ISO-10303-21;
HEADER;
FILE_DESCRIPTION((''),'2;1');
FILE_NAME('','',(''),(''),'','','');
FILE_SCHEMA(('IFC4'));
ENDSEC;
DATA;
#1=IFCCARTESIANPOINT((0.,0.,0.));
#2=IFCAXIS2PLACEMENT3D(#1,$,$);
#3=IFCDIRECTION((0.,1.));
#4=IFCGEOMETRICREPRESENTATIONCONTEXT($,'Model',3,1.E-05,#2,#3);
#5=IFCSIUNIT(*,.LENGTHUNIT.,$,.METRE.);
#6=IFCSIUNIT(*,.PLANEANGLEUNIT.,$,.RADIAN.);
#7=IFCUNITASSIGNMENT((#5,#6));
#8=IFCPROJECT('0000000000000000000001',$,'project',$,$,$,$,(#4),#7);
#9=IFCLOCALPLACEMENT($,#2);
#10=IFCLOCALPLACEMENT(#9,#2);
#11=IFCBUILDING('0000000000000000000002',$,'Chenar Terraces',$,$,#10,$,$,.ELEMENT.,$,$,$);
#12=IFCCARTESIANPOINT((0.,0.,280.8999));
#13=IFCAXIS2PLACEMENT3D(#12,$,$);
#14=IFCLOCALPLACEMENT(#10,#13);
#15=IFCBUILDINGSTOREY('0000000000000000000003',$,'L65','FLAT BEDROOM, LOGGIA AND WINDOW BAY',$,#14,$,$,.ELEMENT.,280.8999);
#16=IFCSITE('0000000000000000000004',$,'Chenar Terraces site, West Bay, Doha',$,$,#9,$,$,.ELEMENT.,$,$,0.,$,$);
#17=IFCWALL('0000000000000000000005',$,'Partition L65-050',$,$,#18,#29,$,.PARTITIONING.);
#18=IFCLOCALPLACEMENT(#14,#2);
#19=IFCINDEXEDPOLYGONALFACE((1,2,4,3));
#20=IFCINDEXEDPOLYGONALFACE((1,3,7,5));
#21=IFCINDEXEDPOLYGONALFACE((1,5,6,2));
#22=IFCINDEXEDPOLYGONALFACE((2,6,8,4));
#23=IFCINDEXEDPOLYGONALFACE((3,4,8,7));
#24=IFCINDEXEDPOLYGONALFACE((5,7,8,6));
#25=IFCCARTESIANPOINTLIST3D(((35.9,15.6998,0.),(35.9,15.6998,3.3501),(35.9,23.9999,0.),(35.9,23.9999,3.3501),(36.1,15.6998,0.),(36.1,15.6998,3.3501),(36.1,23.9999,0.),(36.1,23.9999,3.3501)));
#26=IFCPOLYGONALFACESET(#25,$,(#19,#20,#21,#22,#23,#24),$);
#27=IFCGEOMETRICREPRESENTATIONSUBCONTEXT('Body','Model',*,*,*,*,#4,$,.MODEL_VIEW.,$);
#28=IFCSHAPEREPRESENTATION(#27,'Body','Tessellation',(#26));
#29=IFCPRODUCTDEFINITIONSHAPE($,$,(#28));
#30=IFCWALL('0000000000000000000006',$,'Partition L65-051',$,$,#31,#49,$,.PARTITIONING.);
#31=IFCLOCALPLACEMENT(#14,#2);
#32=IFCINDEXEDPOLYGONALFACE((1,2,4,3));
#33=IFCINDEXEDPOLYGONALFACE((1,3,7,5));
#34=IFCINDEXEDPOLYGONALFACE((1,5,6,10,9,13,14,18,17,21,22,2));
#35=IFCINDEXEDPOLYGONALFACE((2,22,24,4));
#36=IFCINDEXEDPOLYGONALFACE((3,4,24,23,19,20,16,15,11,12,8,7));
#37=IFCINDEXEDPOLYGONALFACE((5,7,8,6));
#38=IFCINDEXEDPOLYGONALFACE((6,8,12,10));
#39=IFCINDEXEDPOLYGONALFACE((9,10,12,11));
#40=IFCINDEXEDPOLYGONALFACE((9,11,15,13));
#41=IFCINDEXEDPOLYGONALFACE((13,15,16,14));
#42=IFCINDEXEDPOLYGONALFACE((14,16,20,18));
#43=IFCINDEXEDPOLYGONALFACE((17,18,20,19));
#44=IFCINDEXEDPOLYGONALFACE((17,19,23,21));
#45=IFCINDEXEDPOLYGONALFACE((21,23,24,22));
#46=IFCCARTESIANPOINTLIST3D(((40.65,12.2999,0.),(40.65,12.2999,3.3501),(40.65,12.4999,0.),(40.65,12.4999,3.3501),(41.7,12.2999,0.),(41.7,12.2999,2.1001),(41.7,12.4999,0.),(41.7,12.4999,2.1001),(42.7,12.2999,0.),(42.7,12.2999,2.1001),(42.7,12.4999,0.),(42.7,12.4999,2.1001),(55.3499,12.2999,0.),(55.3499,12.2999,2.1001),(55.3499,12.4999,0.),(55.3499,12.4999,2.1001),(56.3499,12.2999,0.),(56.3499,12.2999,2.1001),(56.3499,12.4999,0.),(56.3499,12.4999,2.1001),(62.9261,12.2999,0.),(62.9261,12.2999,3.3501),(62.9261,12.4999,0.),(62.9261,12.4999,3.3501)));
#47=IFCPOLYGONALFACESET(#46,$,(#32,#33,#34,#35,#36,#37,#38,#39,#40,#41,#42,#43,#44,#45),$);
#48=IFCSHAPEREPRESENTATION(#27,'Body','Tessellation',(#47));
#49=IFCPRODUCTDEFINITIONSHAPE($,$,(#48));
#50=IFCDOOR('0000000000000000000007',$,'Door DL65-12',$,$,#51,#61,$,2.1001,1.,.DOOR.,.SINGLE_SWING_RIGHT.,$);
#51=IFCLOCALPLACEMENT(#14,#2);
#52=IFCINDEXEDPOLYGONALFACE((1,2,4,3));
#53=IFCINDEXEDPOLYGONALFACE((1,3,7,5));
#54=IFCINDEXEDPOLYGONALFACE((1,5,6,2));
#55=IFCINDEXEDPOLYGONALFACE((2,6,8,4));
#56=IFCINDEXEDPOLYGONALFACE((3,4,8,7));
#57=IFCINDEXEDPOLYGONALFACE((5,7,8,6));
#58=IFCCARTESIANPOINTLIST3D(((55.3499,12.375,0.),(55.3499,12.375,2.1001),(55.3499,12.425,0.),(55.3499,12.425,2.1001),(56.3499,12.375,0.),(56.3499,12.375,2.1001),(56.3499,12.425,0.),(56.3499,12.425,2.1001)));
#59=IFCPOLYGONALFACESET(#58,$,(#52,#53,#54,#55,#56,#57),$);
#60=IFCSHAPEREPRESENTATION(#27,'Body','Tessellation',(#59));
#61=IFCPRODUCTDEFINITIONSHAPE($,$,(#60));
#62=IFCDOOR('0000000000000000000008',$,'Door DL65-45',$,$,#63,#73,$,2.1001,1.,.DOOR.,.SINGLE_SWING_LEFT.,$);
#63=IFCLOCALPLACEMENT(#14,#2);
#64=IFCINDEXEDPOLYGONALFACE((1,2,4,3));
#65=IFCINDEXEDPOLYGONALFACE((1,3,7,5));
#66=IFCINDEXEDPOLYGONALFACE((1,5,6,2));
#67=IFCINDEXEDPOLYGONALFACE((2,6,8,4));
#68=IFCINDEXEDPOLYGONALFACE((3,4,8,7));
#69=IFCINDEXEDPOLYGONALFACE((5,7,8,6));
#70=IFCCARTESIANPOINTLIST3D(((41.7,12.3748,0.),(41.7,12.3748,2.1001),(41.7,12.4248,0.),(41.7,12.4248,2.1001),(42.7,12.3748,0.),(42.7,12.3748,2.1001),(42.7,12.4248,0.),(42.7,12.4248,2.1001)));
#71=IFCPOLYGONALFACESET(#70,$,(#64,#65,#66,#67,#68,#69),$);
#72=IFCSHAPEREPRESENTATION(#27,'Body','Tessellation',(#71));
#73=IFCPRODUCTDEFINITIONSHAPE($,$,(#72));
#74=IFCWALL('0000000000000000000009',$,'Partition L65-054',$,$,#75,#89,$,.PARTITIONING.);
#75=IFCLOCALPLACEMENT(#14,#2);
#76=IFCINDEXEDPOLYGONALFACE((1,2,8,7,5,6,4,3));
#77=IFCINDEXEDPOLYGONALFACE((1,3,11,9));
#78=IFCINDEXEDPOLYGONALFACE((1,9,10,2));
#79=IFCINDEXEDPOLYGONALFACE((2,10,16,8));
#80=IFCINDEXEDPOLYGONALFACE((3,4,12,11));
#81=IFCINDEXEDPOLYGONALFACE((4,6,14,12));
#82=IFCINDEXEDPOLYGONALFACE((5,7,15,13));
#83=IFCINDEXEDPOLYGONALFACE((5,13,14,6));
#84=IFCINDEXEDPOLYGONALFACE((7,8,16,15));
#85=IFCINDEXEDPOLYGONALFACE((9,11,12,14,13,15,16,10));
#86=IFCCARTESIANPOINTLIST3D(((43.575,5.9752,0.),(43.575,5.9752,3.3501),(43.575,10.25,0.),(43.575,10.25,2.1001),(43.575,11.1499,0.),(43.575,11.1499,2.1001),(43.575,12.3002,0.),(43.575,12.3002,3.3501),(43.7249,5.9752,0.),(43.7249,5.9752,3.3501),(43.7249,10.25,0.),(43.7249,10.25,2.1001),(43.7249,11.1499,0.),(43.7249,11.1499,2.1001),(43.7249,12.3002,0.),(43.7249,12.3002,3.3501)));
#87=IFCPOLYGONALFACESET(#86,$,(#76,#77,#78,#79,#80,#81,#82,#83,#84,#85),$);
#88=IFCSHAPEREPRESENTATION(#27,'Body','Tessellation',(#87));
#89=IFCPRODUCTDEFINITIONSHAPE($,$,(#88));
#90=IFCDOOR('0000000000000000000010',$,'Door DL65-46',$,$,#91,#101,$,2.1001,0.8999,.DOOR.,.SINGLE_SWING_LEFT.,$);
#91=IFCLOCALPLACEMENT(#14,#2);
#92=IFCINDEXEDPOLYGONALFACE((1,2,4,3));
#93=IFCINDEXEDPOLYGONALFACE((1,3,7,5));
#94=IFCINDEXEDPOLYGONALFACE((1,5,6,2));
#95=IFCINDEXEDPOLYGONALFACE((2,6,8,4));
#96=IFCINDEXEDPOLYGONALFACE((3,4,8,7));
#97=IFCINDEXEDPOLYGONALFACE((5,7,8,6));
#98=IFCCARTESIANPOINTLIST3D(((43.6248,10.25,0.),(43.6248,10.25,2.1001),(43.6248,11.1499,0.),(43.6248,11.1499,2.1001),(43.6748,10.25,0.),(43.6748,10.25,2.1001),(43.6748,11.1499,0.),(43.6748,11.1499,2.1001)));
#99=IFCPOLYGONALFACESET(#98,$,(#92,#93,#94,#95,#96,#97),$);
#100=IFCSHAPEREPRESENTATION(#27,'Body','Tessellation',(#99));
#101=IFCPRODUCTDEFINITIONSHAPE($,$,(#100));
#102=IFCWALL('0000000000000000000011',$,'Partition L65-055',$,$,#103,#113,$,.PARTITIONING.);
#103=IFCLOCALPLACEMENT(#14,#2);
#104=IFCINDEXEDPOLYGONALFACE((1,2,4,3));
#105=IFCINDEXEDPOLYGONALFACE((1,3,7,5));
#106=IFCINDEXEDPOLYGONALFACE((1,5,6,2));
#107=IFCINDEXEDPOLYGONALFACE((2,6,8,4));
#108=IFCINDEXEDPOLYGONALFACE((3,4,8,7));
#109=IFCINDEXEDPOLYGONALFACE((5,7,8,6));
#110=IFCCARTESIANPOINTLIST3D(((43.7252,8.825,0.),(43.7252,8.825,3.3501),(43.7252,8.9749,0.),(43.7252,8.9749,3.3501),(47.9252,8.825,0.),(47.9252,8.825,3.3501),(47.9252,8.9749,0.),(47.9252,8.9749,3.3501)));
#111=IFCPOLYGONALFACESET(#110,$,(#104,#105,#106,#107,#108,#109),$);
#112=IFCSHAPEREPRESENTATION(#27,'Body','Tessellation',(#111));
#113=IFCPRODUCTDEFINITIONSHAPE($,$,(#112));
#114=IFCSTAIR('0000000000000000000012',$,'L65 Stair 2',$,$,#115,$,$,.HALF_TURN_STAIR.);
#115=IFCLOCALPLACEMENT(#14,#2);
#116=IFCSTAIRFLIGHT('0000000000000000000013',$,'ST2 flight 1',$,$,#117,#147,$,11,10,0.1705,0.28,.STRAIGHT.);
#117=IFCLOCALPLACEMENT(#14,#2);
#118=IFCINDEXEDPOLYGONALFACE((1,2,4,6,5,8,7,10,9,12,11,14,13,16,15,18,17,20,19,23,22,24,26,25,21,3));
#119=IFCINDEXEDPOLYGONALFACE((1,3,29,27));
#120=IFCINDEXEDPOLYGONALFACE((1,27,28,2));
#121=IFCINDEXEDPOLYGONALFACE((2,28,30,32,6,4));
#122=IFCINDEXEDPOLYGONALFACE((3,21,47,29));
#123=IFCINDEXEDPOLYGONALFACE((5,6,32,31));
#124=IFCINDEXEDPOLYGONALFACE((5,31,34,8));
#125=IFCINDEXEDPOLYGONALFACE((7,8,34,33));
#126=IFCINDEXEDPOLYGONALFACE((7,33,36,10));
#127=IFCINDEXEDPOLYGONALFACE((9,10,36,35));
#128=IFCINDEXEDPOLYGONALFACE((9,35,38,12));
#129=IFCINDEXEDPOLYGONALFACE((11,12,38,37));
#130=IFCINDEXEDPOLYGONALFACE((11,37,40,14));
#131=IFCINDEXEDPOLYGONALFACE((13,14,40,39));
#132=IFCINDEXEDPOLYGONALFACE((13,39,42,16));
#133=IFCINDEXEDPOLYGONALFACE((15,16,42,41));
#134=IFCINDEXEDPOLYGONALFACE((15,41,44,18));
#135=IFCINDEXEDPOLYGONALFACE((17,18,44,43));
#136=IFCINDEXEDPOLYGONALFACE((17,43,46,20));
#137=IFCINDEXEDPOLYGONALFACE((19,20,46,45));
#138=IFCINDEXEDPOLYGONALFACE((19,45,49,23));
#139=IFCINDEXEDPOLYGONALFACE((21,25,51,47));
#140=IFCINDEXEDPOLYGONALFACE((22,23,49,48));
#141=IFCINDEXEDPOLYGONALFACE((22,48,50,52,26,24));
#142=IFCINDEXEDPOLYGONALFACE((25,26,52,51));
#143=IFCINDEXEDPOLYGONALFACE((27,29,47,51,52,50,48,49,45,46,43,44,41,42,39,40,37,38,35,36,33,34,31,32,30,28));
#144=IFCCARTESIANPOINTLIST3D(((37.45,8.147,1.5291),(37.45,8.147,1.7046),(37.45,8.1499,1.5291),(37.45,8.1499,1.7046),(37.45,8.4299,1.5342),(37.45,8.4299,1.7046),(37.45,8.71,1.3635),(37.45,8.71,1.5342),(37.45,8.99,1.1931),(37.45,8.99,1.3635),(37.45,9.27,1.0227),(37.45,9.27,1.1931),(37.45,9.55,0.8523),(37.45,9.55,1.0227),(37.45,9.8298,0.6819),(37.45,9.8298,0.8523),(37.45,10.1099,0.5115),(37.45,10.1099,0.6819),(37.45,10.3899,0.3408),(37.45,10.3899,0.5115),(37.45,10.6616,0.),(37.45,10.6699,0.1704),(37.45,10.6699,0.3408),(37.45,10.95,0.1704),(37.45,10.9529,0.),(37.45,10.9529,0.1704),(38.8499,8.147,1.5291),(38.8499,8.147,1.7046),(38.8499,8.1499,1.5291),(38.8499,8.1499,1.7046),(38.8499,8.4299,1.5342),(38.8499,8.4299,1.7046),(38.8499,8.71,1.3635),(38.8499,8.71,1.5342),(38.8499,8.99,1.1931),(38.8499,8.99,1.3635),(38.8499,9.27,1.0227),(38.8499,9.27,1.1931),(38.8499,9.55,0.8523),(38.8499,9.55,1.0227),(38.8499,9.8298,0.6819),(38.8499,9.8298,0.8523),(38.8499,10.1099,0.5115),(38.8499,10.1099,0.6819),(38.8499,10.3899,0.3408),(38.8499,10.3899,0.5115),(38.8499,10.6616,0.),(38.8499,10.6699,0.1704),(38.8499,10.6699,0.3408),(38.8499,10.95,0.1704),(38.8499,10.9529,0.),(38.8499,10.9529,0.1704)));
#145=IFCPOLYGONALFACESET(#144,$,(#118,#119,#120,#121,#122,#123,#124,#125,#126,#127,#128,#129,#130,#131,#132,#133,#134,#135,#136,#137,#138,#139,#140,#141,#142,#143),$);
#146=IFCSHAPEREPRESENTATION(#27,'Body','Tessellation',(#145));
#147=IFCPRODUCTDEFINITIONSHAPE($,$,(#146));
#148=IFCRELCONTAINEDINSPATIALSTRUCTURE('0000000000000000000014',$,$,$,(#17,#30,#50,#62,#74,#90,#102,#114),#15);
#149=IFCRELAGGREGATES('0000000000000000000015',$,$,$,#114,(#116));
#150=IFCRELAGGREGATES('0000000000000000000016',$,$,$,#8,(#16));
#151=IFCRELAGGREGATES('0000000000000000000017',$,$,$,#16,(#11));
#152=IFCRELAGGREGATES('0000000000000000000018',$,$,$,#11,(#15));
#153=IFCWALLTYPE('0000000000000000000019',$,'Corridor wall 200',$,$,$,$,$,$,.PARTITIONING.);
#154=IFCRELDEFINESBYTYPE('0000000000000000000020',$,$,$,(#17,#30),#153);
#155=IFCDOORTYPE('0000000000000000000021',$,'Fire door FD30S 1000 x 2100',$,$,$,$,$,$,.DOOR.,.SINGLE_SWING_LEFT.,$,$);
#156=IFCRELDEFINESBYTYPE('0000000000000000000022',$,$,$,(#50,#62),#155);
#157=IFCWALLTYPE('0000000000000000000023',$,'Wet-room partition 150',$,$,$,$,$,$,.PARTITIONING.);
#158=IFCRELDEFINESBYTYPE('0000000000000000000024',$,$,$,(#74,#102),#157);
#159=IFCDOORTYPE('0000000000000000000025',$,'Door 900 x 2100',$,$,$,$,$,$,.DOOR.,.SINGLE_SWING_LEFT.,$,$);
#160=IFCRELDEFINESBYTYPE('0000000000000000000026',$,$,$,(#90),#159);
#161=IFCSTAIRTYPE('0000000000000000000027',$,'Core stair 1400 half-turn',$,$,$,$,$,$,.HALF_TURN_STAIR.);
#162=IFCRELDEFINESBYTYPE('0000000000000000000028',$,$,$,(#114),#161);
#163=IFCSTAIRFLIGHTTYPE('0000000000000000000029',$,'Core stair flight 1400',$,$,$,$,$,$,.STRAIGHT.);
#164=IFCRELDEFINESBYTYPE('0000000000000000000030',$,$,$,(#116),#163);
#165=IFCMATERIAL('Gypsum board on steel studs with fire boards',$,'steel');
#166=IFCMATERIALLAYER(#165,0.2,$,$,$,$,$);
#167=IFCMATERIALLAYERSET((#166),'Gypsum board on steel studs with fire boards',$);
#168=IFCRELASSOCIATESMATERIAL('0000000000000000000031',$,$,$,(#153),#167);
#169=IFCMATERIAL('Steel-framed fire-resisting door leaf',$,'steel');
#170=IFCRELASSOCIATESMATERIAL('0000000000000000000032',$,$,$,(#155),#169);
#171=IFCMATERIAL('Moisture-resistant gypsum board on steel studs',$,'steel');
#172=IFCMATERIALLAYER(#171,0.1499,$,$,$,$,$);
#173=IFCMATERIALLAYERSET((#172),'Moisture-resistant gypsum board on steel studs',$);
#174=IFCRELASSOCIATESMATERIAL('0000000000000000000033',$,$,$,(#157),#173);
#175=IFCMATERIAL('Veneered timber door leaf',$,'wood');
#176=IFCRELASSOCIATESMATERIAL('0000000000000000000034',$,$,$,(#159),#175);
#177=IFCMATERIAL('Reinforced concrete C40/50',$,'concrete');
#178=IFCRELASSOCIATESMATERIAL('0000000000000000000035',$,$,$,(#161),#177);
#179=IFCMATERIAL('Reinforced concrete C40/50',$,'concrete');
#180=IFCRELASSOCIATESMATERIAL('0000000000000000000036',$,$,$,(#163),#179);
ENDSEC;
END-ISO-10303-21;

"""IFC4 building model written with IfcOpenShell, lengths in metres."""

from ifc_helpers import new_model, si_unit, direction, frame, frame_2d, origin, place, context, subcontext, project, spatial, polyline, rectangle, outline, extrude, material, layer, layer_set, type_object, element, fill, aggregate, save


model = new_model("IFC4")

# Units and contexts
model_context = context("Model", 3, precision=1e-05, world=origin(), true_north=direction((0.0, 1.0)))
body_context = subcontext(model_context, "Body", "Model", "MODEL_VIEW")
ifc_project = project(units=[si_unit("LENGTHUNIT", "METRE"), si_unit("PLANEANGLEUNIT", "RADIAN")], contexts=[model_context])

# Site, building, storey
site_placement = place(None, origin())
site = spatial("IfcSite", under=ifc_project, at=site_placement, Name="Chenar Terraces site, West Bay, Doha", CompositionType="ELEMENT", RefElevation=0.0)
building_placement = place(site_placement, origin())
building = spatial("IfcBuilding", under=site, at=building_placement, Name="Chenar Terraces", CompositionType="ELEMENT")
storey_placement = place(building_placement, frame((0.0, 0.0, 280.8999)))
storey = spatial("IfcBuildingStorey", under=building, at=storey_placement, Name="L65", Description="FLAT BEDROOM, LOGGIA AND WINDOW BAY", CompositionType="ELEMENT", Elevation=280.8999)

# Shared definitions
ifc_material_1 = material(Name="Gypsum board on steel studs with fire boards", Category="steel")
ifc_layer_1 = layer(ifc_material_1, 0.2)
ifc_layer_set_1 = layer_set([ifc_layer_1], Name="Gypsum board on steel studs with fire boards")
wall_type_1 = type_object("IfcWallType", Name="Corridor wall 200", PredefinedType="PARTITIONING", material=ifc_layer_set_1)

# Wall
wall_1_placement = place(storey_placement, frame((36.0, 15.7, 0.0), z_axis=(0.0, 0.0, 1.0), x_axis=(0.0, 1.0, 0.0)))
element("IfcWall", 1, at=wall_1_placement, inside=storey, type_object=wall_type_1, Name="Partition L65-050", PredefinedType="PARTITIONING", context=body_context, shape_type="SweptSolid", body=[
    extrude(rectangle(XDim=8.3, YDim=0.2, at=frame_2d((4.1499, 0.0))), origin(), (0.0, 0.0, 1.0), 3.3501),
])

# Wall, openings, doors
wall_2_placement = place(storey_placement, frame((40.6499, 12.3999, 0.0), z_axis=(0.0, 0.0, 1.0), x_axis=(1.0, 0.0, 0.0)))
wall_2 = element("IfcWall", 2, at=wall_2_placement, inside=storey, type_object=wall_type_1, Name="Partition L65-051", PredefinedType="PARTITIONING", context=body_context, shape_type="SweptSolid", body=[
    extrude(rectangle(XDim=22.2761, YDim=0.2, at=frame_2d((11.1382, 0.0))), origin(), (0.0, 0.0, 1.0), 3.3501),
])
opening_1_placement = place(wall_2_placement, frame((14.7, 0.0, 0.0)))
opening_1 = element("IfcOpeningElement", 3, at=opening_1_placement, cuts=wall_2, PredefinedType="OPENING", context=body_context, shape_type="SweptSolid", body=[
    extrude(rectangle(XDim=1.0, YDim=2.1001, at=frame_2d((0.5, 1.05))), frame((0.0, 0.1099, 0.0), z_axis=(0.0, -1.0, 0.0), x_axis=(1.0, 0.0, 0.0)), (0.0, 0.0, 1.0), 0.22),
])
opening_2_placement = place(wall_2_placement, frame((1.05, 0.0, 0.0)))
opening_2 = element("IfcOpeningElement", 4, at=opening_2_placement, cuts=wall_2, PredefinedType="OPENING", context=body_context, shape_type="SweptSolid", body=[
    extrude(rectangle(XDim=1.0, YDim=2.1001, at=frame_2d((0.5, 1.05))), frame((0.0, 0.1099, 0.0), z_axis=(0.0, -1.0, 0.0), x_axis=(1.0, 0.0, 0.0)), (0.0, 0.0, 1.0), 0.22),
])
ifc_material_2 = material(Name="Steel-framed fire-resisting door leaf", Category="steel")
door_type_1 = type_object("IfcDoorType", Name="Fire door FD30S 1000 x 2100", OperationType="SINGLE_SWING_LEFT", PredefinedType="DOOR", material=ifc_material_2)
door_1_placement = place(opening_1_placement, frame((1.0, 0.0, 0.0), z_axis=(0.0, 0.0, 1.0), x_axis=(-1.0, 0.0, 0.0)))
door_1 = element("IfcDoor", 5, at=door_1_placement, inside=storey, type_object=door_type_1, Name="Door DL65-12", OperationType="SINGLE_SWING_RIGHT", OverallHeight=2.1001, OverallWidth=1.0, PredefinedType="DOOR", context=body_context, shape_type="SweptSolid", body=[
    extrude(rectangle(XDim=1.0, YDim=2.1001, at=frame_2d((0.5, 1.05))), frame((0.0, 0.0249, 0.0), z_axis=(0.0, -1.0, 0.0), x_axis=(1.0, 0.0, 0.0)), (0.0, 0.0, 1.0), 0.05),
])
fill(opening_1, door_1)
door_2_placement = place(opening_2_placement, origin())
door_2 = element("IfcDoor", 6, at=door_2_placement, inside=storey, type_object=door_type_1, Name="Door DL65-45", OperationType="SINGLE_SWING_LEFT", OverallHeight=2.1001, OverallWidth=1.0, PredefinedType="DOOR", context=body_context, shape_type="SweptSolid", body=[
    extrude(rectangle(XDim=1.0, YDim=2.1001, at=frame_2d((0.5, 1.05))), frame((0.0, 0.0249, 0.0), z_axis=(0.0, -1.0, 0.0), x_axis=(1.0, 0.0, 0.0)), (0.0, 0.0, 1.0), 0.05),
])
fill(opening_2, door_2)

# Wall, opening, door
ifc_material_3 = material(Name="Moisture-resistant gypsum board on steel studs", Category="steel")
ifc_layer_2 = layer(ifc_material_3, 0.1499)
ifc_layer_set_2 = layer_set([ifc_layer_2], Name="Moisture-resistant gypsum board on steel studs")
wall_type_2 = type_object("IfcWallType", Name="Wet-room partition 150", PredefinedType="PARTITIONING", material=ifc_layer_set_2)
wall_3_placement = place(storey_placement, frame((43.6499, 5.9751, 0.0), z_axis=(0.0, 0.0, 1.0), x_axis=(0.0, 1.0, 0.0)))
wall_3 = element("IfcWall", 7, at=wall_3_placement, inside=storey, type_object=wall_type_2, Name="Partition L65-054", PredefinedType="PARTITIONING", context=body_context, shape_type="SweptSolid", body=[
    extrude(rectangle(XDim=6.325, YDim=0.1499, at=frame_2d((3.1626, 0.0))), origin(), (0.0, 0.0, 1.0), 3.3501),
])
opening_3_placement = place(wall_3_placement, frame((4.2749, 0.0, 0.0)))
opening_3 = element("IfcOpeningElement", 8, at=opening_3_placement, cuts=wall_3, PredefinedType="OPENING", context=body_context, shape_type="SweptSolid", body=[
    extrude(rectangle(XDim=0.8999, YDim=2.1001, at=frame_2d((0.45, 1.05))), frame((0.0, 0.085, 0.0), z_axis=(0.0, -1.0, 0.0), x_axis=(1.0, 0.0, 0.0)), (0.0, 0.0, 1.0), 0.1699),
])
ifc_material_4 = material(Name="Veneered timber door leaf", Category="wood")
door_type_2 = type_object("IfcDoorType", Name="Door 900 x 2100", OperationType="SINGLE_SWING_LEFT", PredefinedType="DOOR", material=ifc_material_4)
door_3_placement = place(opening_3_placement, frame((0.8999, 0.0, 0.0), z_axis=(0.0, 0.0, 1.0), x_axis=(-1.0, 0.0, 0.0)))
door_3 = element("IfcDoor", 9, at=door_3_placement, inside=storey, type_object=door_type_2, Name="Door DL65-46", OperationType="SINGLE_SWING_LEFT", OverallHeight=2.1001, OverallWidth=0.8999, PredefinedType="DOOR", context=body_context, shape_type="SweptSolid", body=[
    extrude(rectangle(XDim=0.8999, YDim=2.1001, at=frame_2d((0.45, 1.05))), frame((0.0, 0.0249, 0.0), z_axis=(0.0, -1.0, 0.0), x_axis=(1.0, 0.0, 0.0)), (0.0, 0.0, 1.0), 0.05),
])
fill(opening_3, door_3)

# Wall
wall_4_placement = place(storey_placement, frame((43.7251, 8.8999, 0.0), z_axis=(0.0, 0.0, 1.0), x_axis=(1.0, 0.0, 0.0)))
element("IfcWall", 10, at=wall_4_placement, inside=storey, type_object=wall_type_2, Name="Partition L65-055", PredefinedType="PARTITIONING", context=body_context, shape_type="SweptSolid", body=[
    extrude(rectangle(XDim=4.2, YDim=0.1499, at=frame_2d((2.1001, 0.0))), origin(), (0.0, 0.0, 1.0), 3.3501),
])

# Stair, stair flight
ifc_material_5 = material(Name="Reinforced concrete C40/50", Category="concrete")
stair_type = type_object("IfcStairType", Name="Core stair 1400 half-turn", PredefinedType="HALF_TURN_STAIR", material=ifc_material_5)
stair_placement = place(storey_placement, origin())
stair = element("IfcStair", 11, at=stair_placement, inside=storey, type_object=stair_type, Name="L65 Stair 2", PredefinedType="HALF_TURN_STAIR")
ifc_material_6 = material(Name="Reinforced concrete C40/50", Category="concrete")
stair_flight_type = type_object("IfcStairFlightType", Name="Core stair flight 1400", PredefinedType="STRAIGHT", material=ifc_material_6)
stair_flight_1_placement = place(storey_placement, frame((38.1499, 10.95, 0.0), z_axis=(0.0, 0.0, 1.0), x_axis=(0.0, -1.0, 0.0)))
stair_flight_1 = element("IfcStairFlight", 12, at=stair_flight_1_placement, type_object=stair_flight_type, Name="ST2 flight 1", NumberOfRisers=11, NumberOfTreads=10, PredefinedType="STRAIGHT", RiserHeight=0.1705, TreadLength=0.28, context=body_context, shape_type="SweptSolid", body=[
    extrude(outline(polyline([(-0.0029, 0.0), (-0.0029, 0.1704), (0.0, 0.1704), (0.28, 0.1704), (0.28, 0.3408), (0.5601, 0.3408), (0.5601, 0.5115), (0.8401, 0.5115), (0.8401, 0.6819), (1.1201, 0.6819), (1.1201, 0.8523), (1.3999, 0.8523), (1.3999, 1.0227), (1.6799, 1.0227), (1.6799, 1.1931), (1.96, 1.1931), (1.96, 1.3635), (2.24, 1.3635), (2.24, 1.5342), (2.52, 1.5342), (2.52, 1.7046), (2.8, 1.7046), (2.803, 1.7046), (2.803, 1.5291), (2.8, 1.5291), (0.2883, 0.0), (-0.0029, 0.0)])), frame((0.0, 0.7, 0.0), z_axis=(0.0, -1.0, 0.0), x_axis=(1.0, 0.0, 0.0)), (0.0, 0.0, 1.0), 1.3999),
])
aggregate(stair, [stair_flight_1])

save(model, "model.ifc")
